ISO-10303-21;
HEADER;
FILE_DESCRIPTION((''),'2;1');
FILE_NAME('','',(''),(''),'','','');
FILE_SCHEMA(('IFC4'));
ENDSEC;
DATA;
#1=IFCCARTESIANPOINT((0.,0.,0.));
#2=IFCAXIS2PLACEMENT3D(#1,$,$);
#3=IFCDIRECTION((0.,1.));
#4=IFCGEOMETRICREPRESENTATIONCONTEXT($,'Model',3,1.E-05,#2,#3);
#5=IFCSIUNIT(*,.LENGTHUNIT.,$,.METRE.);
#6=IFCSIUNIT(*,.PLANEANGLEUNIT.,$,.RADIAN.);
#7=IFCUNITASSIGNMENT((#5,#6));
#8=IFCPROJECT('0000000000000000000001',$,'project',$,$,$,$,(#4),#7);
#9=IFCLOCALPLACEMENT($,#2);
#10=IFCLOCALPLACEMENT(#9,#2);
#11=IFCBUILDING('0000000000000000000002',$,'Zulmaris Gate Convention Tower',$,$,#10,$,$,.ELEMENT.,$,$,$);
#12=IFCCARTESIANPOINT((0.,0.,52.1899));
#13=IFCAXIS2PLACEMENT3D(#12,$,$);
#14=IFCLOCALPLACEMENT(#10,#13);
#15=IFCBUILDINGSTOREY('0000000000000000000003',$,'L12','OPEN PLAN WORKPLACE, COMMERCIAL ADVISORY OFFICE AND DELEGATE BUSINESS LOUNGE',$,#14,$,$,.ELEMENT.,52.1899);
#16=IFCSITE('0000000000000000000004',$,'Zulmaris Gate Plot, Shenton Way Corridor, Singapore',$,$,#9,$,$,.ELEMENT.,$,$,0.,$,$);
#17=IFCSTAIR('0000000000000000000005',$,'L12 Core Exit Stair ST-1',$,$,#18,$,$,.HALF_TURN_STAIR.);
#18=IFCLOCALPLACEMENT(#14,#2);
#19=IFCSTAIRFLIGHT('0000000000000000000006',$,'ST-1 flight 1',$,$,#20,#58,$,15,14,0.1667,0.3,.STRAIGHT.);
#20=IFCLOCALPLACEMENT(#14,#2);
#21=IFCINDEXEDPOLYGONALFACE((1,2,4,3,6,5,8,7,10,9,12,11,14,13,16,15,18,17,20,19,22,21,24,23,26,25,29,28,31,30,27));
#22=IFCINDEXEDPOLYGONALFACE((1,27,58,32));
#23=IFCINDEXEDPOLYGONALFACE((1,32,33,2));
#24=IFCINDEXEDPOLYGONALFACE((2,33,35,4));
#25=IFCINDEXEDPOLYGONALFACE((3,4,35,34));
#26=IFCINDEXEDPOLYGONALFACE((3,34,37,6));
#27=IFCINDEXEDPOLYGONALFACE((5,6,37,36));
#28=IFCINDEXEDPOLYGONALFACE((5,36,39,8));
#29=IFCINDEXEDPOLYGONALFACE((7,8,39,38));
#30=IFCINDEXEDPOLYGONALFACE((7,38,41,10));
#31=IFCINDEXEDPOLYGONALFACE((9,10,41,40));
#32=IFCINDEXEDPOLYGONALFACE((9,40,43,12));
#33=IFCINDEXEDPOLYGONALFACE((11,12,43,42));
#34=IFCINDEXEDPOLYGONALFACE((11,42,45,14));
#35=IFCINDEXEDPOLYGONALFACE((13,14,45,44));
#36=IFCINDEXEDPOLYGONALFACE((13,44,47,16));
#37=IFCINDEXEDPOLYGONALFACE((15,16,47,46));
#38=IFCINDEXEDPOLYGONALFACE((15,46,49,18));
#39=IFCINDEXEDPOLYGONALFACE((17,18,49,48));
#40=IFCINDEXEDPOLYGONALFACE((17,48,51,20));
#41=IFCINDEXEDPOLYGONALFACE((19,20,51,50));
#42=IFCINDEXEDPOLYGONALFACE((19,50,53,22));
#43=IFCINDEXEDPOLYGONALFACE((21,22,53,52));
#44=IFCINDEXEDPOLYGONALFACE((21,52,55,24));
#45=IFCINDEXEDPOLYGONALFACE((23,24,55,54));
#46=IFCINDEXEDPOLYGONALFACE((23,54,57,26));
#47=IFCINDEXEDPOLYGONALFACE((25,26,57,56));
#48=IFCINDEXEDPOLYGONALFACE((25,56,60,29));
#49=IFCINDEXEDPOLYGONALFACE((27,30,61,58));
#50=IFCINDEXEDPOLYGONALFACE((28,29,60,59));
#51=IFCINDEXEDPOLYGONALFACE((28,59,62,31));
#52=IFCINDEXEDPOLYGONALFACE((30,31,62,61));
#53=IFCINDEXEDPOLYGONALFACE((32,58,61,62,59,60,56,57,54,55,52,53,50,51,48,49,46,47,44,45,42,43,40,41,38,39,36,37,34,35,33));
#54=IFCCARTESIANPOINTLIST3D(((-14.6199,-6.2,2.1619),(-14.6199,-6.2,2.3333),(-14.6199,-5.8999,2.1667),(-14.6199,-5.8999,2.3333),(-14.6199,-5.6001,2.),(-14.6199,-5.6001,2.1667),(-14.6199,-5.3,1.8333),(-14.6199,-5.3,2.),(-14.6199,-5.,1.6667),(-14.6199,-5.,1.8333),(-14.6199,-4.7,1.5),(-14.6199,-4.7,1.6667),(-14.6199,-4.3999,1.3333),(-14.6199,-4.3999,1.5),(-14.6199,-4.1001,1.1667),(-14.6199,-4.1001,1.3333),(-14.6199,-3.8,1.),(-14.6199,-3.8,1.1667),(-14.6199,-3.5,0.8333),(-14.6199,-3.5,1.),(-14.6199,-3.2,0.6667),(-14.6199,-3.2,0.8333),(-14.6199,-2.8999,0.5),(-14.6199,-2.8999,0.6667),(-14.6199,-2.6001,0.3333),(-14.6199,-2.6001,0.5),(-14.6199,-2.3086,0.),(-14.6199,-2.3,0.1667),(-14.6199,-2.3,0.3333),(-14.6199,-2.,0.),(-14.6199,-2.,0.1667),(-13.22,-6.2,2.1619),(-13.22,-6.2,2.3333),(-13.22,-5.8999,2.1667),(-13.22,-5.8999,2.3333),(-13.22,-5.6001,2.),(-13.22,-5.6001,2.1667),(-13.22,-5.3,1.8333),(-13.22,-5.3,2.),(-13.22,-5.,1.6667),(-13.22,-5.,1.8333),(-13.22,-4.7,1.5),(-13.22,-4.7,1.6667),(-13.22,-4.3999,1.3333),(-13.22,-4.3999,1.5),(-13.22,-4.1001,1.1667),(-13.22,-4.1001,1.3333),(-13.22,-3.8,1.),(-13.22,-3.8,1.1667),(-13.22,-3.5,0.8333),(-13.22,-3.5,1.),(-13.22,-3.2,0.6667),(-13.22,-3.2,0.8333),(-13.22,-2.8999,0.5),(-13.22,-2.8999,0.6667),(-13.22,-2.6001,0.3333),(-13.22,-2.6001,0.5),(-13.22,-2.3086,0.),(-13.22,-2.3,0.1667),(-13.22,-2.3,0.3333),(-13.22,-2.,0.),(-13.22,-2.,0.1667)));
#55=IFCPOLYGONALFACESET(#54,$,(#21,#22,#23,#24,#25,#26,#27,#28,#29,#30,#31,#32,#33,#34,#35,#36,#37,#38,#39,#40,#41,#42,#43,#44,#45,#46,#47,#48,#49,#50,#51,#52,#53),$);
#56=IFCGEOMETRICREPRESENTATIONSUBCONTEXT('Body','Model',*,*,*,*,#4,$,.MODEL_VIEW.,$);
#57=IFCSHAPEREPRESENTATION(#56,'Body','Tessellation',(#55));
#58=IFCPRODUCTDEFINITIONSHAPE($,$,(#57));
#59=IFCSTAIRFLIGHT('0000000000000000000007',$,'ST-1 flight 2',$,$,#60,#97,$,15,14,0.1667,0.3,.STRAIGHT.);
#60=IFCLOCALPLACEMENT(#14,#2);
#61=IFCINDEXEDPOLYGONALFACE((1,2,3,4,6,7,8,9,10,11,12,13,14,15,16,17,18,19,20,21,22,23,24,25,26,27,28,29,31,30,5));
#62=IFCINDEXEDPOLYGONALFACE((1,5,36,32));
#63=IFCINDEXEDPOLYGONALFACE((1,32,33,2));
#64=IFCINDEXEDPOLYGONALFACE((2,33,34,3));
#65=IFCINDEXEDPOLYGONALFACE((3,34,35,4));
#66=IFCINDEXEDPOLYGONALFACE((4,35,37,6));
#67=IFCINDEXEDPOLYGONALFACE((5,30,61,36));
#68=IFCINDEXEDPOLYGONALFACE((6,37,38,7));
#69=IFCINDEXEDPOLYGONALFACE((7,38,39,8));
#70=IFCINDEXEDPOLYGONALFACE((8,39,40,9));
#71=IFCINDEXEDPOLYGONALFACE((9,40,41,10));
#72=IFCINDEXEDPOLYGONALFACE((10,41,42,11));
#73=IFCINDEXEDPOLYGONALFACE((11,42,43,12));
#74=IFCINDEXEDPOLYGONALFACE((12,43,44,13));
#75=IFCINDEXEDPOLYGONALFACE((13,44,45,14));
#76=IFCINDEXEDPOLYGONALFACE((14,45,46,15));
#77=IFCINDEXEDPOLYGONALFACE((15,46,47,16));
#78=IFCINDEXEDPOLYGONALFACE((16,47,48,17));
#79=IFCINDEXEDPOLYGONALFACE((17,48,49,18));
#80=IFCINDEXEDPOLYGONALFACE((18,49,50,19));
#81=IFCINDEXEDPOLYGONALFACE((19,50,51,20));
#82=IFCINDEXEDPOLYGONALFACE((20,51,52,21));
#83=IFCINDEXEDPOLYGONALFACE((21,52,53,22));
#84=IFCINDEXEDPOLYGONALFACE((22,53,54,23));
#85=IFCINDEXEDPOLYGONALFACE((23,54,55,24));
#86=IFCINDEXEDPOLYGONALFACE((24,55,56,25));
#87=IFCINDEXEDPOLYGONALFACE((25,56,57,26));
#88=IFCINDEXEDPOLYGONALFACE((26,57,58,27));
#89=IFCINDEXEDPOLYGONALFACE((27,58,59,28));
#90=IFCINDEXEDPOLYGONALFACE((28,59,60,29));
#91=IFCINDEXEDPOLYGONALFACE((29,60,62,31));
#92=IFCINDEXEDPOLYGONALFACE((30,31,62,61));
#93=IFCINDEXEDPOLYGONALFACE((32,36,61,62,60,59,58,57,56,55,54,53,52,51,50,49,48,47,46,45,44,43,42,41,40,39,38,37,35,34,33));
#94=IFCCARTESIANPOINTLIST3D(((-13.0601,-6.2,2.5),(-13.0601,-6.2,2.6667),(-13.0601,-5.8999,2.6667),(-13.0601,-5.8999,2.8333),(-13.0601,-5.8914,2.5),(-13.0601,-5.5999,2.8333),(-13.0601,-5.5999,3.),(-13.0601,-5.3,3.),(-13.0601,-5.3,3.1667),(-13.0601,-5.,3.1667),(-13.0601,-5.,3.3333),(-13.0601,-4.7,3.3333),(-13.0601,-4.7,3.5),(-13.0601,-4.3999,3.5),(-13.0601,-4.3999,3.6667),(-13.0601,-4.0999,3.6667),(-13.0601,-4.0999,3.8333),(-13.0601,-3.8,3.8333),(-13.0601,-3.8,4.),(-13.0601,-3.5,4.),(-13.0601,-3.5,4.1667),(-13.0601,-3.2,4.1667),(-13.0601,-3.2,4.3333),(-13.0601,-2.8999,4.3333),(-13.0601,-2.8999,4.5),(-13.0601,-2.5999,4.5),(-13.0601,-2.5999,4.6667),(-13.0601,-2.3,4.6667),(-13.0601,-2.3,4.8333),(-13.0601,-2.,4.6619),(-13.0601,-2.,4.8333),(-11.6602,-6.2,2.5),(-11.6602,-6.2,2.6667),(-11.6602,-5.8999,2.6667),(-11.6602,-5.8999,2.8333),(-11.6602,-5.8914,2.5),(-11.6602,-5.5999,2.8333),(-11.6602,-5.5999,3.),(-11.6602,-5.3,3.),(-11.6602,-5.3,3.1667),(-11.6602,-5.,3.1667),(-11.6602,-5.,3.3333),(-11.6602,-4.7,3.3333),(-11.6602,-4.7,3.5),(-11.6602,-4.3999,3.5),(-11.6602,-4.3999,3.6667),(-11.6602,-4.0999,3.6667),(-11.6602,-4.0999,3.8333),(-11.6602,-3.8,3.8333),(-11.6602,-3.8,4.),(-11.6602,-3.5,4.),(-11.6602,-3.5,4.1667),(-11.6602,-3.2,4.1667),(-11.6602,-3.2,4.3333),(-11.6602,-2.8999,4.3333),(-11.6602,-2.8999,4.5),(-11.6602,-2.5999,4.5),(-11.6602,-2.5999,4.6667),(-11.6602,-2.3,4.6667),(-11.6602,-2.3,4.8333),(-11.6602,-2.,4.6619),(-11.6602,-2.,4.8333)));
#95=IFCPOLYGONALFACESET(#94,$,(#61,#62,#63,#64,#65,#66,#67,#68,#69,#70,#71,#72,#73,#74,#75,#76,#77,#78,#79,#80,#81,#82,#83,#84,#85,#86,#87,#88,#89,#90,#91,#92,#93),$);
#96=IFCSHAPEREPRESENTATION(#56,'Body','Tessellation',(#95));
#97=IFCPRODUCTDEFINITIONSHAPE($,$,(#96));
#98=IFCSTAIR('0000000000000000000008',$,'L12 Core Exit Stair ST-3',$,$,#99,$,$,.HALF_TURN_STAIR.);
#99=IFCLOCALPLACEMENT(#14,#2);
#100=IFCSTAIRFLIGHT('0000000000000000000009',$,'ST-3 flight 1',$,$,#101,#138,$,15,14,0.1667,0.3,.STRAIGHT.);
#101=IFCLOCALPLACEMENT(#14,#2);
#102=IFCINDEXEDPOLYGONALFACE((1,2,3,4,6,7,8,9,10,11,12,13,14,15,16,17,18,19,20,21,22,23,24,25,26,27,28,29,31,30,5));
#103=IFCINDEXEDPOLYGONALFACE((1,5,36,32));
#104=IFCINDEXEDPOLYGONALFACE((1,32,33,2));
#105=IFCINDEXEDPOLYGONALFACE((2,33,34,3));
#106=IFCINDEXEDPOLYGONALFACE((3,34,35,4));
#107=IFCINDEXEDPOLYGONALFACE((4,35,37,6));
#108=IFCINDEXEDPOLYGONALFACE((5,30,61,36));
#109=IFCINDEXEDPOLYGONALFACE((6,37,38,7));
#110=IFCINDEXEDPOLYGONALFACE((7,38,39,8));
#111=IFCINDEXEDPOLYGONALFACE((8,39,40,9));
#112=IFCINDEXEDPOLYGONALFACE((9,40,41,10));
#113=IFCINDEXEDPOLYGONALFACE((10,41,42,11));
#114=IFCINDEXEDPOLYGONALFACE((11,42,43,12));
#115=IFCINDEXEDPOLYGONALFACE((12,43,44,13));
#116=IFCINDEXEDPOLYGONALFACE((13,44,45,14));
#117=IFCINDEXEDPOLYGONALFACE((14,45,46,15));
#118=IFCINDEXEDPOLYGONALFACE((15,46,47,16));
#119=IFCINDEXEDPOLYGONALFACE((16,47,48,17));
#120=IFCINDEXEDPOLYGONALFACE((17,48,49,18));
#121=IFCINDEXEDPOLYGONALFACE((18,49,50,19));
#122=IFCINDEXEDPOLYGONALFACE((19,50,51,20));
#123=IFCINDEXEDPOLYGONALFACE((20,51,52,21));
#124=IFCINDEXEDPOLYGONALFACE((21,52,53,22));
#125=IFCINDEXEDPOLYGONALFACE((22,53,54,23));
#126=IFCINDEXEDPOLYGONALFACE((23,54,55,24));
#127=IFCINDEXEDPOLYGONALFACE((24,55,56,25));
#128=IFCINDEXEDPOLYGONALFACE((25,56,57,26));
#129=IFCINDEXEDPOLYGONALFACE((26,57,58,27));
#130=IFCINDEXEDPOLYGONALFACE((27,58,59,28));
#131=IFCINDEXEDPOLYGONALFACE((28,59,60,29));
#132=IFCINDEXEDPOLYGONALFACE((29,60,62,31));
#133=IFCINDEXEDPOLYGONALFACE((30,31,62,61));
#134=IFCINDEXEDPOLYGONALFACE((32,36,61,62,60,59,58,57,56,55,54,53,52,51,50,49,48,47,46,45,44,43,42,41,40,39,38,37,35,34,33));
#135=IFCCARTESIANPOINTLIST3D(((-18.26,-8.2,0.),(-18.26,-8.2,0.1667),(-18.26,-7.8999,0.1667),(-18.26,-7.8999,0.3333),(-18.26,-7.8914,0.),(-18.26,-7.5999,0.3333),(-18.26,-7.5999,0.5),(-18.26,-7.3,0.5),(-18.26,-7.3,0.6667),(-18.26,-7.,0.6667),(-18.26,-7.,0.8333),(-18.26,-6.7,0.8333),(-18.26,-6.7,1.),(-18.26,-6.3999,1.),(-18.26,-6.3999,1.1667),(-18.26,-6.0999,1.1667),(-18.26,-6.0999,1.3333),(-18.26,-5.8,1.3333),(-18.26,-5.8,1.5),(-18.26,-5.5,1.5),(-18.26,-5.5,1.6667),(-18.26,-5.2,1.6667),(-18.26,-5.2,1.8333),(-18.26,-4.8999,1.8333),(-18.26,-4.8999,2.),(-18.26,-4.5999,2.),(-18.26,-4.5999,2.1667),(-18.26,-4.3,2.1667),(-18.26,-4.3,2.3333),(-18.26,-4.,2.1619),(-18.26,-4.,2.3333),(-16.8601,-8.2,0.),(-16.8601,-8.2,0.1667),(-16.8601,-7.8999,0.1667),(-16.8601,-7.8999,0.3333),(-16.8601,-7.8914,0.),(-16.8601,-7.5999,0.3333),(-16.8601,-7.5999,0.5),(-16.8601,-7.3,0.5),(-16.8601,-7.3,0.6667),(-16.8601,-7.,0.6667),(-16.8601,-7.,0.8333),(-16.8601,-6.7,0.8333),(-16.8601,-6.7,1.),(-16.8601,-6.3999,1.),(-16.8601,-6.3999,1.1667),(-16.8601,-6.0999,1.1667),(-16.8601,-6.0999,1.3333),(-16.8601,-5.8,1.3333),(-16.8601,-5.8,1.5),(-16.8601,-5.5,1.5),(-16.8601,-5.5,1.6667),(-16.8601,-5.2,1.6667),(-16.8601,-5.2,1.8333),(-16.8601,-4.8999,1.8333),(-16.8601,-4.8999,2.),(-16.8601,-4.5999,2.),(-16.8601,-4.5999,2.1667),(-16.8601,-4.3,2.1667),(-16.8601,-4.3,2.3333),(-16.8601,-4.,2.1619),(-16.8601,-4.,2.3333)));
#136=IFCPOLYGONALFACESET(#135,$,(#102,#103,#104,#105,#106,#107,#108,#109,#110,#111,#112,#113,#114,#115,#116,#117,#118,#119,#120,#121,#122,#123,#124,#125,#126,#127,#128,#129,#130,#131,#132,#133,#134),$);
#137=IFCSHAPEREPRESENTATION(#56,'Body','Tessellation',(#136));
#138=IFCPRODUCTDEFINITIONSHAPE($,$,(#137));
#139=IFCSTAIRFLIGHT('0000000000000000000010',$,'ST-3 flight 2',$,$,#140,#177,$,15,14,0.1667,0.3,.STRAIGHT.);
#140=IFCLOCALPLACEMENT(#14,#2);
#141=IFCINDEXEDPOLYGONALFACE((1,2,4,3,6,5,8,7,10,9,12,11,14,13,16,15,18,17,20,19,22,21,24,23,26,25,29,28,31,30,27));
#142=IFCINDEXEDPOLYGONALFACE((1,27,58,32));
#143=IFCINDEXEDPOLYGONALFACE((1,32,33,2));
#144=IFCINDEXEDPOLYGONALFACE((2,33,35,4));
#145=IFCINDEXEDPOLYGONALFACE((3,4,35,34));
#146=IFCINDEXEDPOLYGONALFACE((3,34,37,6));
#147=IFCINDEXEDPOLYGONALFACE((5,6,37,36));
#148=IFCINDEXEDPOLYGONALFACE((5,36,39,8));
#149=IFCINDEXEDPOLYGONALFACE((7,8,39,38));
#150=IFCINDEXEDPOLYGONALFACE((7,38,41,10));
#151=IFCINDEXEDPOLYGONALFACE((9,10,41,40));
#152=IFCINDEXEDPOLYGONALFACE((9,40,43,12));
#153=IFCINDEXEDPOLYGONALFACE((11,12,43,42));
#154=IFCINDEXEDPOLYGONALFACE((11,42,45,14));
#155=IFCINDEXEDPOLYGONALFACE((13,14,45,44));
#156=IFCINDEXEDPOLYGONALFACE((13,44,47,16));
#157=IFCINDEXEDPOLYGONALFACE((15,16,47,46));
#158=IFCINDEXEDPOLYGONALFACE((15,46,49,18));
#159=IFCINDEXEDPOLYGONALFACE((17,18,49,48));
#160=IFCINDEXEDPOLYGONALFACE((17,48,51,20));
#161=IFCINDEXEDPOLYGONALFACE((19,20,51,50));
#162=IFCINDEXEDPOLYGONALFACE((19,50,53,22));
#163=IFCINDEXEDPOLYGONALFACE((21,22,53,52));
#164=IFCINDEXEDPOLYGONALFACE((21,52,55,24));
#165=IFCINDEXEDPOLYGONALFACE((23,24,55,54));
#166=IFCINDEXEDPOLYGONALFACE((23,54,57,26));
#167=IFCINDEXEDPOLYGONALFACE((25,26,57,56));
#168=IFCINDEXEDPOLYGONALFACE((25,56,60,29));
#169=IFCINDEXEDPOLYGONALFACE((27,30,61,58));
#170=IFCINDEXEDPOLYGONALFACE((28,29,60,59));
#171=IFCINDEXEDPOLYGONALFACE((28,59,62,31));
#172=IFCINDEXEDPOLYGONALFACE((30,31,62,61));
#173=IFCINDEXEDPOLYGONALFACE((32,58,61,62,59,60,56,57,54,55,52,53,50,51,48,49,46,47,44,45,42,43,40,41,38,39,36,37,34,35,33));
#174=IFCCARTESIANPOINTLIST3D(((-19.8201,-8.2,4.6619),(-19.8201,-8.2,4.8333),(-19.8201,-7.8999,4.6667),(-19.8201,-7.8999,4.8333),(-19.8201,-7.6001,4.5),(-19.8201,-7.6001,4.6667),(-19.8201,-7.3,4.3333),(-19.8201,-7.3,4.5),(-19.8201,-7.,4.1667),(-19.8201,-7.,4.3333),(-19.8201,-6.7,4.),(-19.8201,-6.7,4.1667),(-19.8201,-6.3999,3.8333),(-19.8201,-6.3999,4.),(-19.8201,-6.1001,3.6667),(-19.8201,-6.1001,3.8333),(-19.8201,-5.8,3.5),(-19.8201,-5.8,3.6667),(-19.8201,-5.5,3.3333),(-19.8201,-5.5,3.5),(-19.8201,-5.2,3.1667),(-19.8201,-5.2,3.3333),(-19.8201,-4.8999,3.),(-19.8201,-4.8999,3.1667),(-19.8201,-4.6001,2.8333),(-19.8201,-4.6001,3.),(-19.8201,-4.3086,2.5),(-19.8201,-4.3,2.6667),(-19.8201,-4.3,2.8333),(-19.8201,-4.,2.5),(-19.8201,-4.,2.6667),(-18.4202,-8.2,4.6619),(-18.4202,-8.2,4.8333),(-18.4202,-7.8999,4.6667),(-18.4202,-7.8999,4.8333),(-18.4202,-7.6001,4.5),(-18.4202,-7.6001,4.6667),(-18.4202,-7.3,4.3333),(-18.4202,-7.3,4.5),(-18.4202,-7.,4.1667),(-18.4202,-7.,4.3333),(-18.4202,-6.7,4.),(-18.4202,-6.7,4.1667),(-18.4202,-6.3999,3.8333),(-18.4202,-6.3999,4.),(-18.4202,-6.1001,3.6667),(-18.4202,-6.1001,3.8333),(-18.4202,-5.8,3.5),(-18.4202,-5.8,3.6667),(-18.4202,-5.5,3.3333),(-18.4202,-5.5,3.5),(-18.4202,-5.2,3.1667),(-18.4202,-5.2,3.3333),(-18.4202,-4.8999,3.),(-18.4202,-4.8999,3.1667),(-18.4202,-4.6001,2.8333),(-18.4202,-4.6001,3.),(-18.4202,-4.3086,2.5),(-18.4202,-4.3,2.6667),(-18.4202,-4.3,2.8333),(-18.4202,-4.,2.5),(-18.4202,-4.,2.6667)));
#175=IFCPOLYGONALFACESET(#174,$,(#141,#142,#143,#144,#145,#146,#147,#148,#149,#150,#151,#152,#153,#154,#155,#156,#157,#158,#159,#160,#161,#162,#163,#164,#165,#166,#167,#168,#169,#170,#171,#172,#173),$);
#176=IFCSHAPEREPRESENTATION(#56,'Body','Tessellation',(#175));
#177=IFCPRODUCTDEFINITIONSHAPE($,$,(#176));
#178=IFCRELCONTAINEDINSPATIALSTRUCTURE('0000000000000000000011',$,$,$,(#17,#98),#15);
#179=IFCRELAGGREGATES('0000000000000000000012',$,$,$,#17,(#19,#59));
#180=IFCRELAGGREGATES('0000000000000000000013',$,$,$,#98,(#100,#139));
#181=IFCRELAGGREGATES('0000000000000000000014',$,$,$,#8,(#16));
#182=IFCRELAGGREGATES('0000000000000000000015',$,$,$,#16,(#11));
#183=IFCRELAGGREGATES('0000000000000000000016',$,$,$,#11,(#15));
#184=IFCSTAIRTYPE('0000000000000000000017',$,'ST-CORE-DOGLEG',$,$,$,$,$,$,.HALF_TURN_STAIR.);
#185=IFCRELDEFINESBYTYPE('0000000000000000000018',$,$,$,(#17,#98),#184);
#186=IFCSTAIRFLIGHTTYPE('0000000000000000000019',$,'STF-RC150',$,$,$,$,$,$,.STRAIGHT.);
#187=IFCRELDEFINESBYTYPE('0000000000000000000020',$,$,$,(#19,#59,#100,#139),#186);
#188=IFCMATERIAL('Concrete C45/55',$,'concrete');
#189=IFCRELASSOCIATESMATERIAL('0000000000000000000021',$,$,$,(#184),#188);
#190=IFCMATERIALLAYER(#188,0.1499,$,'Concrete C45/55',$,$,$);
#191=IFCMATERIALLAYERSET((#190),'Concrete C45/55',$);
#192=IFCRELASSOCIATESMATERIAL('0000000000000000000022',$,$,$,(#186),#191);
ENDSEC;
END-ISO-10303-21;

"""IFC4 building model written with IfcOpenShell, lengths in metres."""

from ifc_helpers import new_model, si_unit, direction, frame, origin, place, context, subcontext, project, spatial, polyline, outline, extrude, material, layer, layer_set, type_object, element, aggregate, save


model = new_model("IFC4")

# Units and contexts
model_context = context("Model", 3, precision=1e-05, world=origin(), true_north=direction((0.0, 1.0)))
body_context = subcontext(model_context, "Body", "Model", "MODEL_VIEW")
ifc_project = project(units=[si_unit("LENGTHUNIT", "METRE"), si_unit("PLANEANGLEUNIT", "RADIAN")], contexts=[model_context])

# Site, building, storey
site_placement = place(None, origin())
site = spatial("IfcSite", under=ifc_project, at=site_placement, Name="Zulmaris Gate Plot, Shenton Way Corridor, Singapore", CompositionType="ELEMENT", RefElevation=0.0)
building_placement = place(site_placement, origin())
building = spatial("IfcBuilding", under=site, at=building_placement, Name="Zulmaris Gate Convention Tower", CompositionType="ELEMENT")
storey_placement = place(building_placement, frame((0.0, 0.0, 52.1899)))
storey = spatial("IfcBuildingStorey", under=building, at=storey_placement, Name="L12", Description="OPEN PLAN WORKPLACE, COMMERCIAL ADVISORY OFFICE AND DELEGATE BUSINESS LOUNGE", CompositionType="ELEMENT", Elevation=52.1899)

# Stairs, stair flights
ifc_material_1 = material(Name="Concrete C45/55", Category="concrete")
stair_type = type_object("IfcStairType", Name="ST-CORE-DOGLEG", PredefinedType="HALF_TURN_STAIR", material=ifc_material_1)
stair_1_placement = place(storey_placement, origin())
stair_1 = element("IfcStair", 1, at=stair_1_placement, inside=storey, type_object=stair_type, Name="L12 Core Exit Stair ST-1", PredefinedType="HALF_TURN_STAIR")
ifc_layer_1 = layer(ifc_material_1, 0.1499, Name="Concrete C45/55")
ifc_layer_set_1 = layer_set([ifc_layer_1], Name="Concrete C45/55")
stair_flight_type = type_object("IfcStairFlightType", Name="STF-RC150", PredefinedType="STRAIGHT", material=ifc_layer_set_1)
stair_flight_1_placement = place(storey_placement, frame((-13.9199, -2.0, 0.0), z_axis=(0.0, 0.0, 1.0), x_axis=(0.0, -1.0, 0.0)))
stair_flight_1 = element("IfcStairFlight", 2, at=stair_flight_1_placement, type_object=stair_flight_type, Name="ST-1 flight 1", NumberOfRisers=15, NumberOfTreads=14, PredefinedType="STRAIGHT", RiserHeight=0.1667, TreadLength=0.3, context=body_context, shape_type="SweptSolid", body=[
    extrude(outline(polyline([(0.0, 0.0), (0.0, 0.1667), (0.3, 0.1667), (0.3, 0.3333), (0.6001, 0.3333), (0.6001, 0.5), (0.8999, 0.5), (0.8999, 0.6667), (1.2, 0.6667), (1.2, 0.8333), (1.5, 0.8333), (1.5, 1.0), (1.8, 1.0), (1.8, 1.1667), (2.1001, 1.1667), (2.1001, 1.3333), (2.3999, 1.3333), (2.3999, 1.5), (2.7, 1.5), (2.7, 1.6667), (3.0, 1.6667), (3.0, 1.8333), (3.3, 1.8333), (3.3, 2.0), (3.6001, 2.0), (3.6001, 2.1667), (3.8999, 2.1667), (3.8999, 2.3333), (4.2, 2.3333), (4.2, 2.5), (4.2, 2.1619), (0.3086, 0.0), (0.0, 0.0)])), frame((0.0, 0.7, 0.0), z_axis=(0.0, -1.0, 0.0), x_axis=(1.0, 0.0, 0.0)), (0.0, 0.0, 1.0), 1.3999),
])
stair_flight_2_placement = place(storey_placement, frame((-12.3601, -6.2, 2.5), z_axis=(0.0, 0.0, 1.0), x_axis=(0.0, 1.0, 0.0)))
stair_flight_2 = element("IfcStairFlight", 3, at=stair_flight_2_placement, type_object=stair_flight_type, Name="ST-1 flight 2", NumberOfRisers=15, NumberOfTreads=14, PredefinedType="STRAIGHT", RiserHeight=0.1667, TreadLength=0.3, context=body_context, shape_type="SweptSolid", body=[
    extrude(outline(polyline([(0.0, 0.0), (0.0, 0.1667), (0.3, 0.1667), (0.3, 0.3333), (0.6001, 0.3333), (0.6001, 0.5), (0.8999, 0.5), (0.8999, 0.6667), (1.2, 0.6667), (1.2, 0.8333), (1.5, 0.8333), (1.5, 1.0), (1.8, 1.0), (1.8, 1.1667), (2.1001, 1.1667), (2.1001, 1.3333), (2.3999, 1.3333), (2.3999, 1.5), (2.7, 1.5), (2.7, 1.6667), (3.0, 1.6667), (3.0, 1.8333), (3.3, 1.8333), (3.3, 2.0), (3.6001, 2.0), (3.6001, 2.1667), (3.8999, 2.1667), (3.8999, 2.3333), (4.2, 2.3333), (4.2, 2.5), (4.2, 2.1619), (0.3086, 0.0), (0.0, 0.0)])), frame((0.0, 0.7, 0.0), z_axis=(0.0, -1.0, 0.0), x_axis=(1.0, 0.0, 0.0)), (0.0, 0.0, 1.0), 1.3999),
])
aggregate(stair_1, [stair_flight_1, stair_flight_2])
stair_2_placement = place(storey_placement, origin())
stair_2 = element("IfcStair", 4, at=stair_2_placement, inside=storey, type_object=stair_type, Name="L12 Core Exit Stair ST-3", PredefinedType="HALF_TURN_STAIR")
stair_flight_3_placement = place(storey_placement, frame((-17.5601, -8.2, 0.0), z_axis=(0.0, 0.0, 1.0), x_axis=(0.0, 1.0, 0.0)))
stair_flight_3 = element("IfcStairFlight", 5, at=stair_flight_3_placement, type_object=stair_flight_type, Name="ST-3 flight 1", NumberOfRisers=15, NumberOfTreads=14, PredefinedType="STRAIGHT", RiserHeight=0.1667, TreadLength=0.3, context=body_context, shape_type="SweptSolid", body=[
    extrude(outline(polyline([(0.0, 0.0), (0.0, 0.1667), (0.3, 0.1667), (0.3, 0.3333), (0.6001, 0.3333), (0.6001, 0.5), (0.8999, 0.5), (0.8999, 0.6667), (1.2, 0.6667), (1.2, 0.8333), (1.5, 0.8333), (1.5, 1.0), (1.8, 1.0), (1.8, 1.1667), (2.1001, 1.1667), (2.1001, 1.3333), (2.3999, 1.3333), (2.3999, 1.5), (2.7, 1.5), (2.7, 1.6667), (3.0, 1.6667), (3.0, 1.8333), (3.3, 1.8333), (3.3, 2.0), (3.6001, 2.0), (3.6001, 2.1667), (3.8999, 2.1667), (3.8999, 2.3333), (4.2, 2.3333), (4.2, 2.5), (4.2, 2.1619), (0.3086, 0.0), (0.0, 0.0)])), frame((0.0, 0.7, 0.0), z_axis=(0.0, -1.0, 0.0), x_axis=(1.0, 0.0, 0.0)), (0.0, 0.0, 1.0), 1.3999),
])
stair_flight_4_placement = place(storey_placement, frame((-19.1201, -4.0, 2.5), z_axis=(0.0, 0.0, 1.0), x_axis=(0.0, -1.0, 0.0)))
stair_flight_4 = element("IfcStairFlight", 6, at=stair_flight_4_placement, type_object=stair_flight_type, Name="ST-3 flight 2", NumberOfRisers=15, NumberOfTreads=14, PredefinedType="STRAIGHT", RiserHeight=0.1667, TreadLength=0.3, context=body_context, shape_type="SweptSolid", body=[
    extrude(outline(polyline([(0.0, 0.0), (0.0, 0.1667), (0.3, 0.1667), (0.3, 0.3333), (0.6001, 0.3333), (0.6001, 0.5), (0.8999, 0.5), (0.8999, 0.6667), (1.2, 0.6667), (1.2, 0.8333), (1.5, 0.8333), (1.5, 1.0), (1.8, 1.0), (1.8, 1.1667), (2.1001, 1.1667), (2.1001, 1.3333), (2.3999, 1.3333), (2.3999, 1.5), (2.7, 1.5), (2.7, 1.6667), (3.0, 1.6667), (3.0, 1.8333), (3.3, 1.8333), (3.3, 2.0), (3.6001, 2.0), (3.6001, 2.1667), (3.8999, 2.1667), (3.8999, 2.3333), (4.2, 2.3333), (4.2, 2.5), (4.2, 2.1619), (0.3086, 0.0), (0.0, 0.0)])), frame((0.0, 0.7, 0.0), z_axis=(0.0, -1.0, 0.0), x_axis=(1.0, 0.0, 0.0)), (0.0, 0.0, 1.0), 1.3999),
])
aggregate(stair_2, [stair_flight_3, stair_flight_4])

save(model, "model.ifc")
